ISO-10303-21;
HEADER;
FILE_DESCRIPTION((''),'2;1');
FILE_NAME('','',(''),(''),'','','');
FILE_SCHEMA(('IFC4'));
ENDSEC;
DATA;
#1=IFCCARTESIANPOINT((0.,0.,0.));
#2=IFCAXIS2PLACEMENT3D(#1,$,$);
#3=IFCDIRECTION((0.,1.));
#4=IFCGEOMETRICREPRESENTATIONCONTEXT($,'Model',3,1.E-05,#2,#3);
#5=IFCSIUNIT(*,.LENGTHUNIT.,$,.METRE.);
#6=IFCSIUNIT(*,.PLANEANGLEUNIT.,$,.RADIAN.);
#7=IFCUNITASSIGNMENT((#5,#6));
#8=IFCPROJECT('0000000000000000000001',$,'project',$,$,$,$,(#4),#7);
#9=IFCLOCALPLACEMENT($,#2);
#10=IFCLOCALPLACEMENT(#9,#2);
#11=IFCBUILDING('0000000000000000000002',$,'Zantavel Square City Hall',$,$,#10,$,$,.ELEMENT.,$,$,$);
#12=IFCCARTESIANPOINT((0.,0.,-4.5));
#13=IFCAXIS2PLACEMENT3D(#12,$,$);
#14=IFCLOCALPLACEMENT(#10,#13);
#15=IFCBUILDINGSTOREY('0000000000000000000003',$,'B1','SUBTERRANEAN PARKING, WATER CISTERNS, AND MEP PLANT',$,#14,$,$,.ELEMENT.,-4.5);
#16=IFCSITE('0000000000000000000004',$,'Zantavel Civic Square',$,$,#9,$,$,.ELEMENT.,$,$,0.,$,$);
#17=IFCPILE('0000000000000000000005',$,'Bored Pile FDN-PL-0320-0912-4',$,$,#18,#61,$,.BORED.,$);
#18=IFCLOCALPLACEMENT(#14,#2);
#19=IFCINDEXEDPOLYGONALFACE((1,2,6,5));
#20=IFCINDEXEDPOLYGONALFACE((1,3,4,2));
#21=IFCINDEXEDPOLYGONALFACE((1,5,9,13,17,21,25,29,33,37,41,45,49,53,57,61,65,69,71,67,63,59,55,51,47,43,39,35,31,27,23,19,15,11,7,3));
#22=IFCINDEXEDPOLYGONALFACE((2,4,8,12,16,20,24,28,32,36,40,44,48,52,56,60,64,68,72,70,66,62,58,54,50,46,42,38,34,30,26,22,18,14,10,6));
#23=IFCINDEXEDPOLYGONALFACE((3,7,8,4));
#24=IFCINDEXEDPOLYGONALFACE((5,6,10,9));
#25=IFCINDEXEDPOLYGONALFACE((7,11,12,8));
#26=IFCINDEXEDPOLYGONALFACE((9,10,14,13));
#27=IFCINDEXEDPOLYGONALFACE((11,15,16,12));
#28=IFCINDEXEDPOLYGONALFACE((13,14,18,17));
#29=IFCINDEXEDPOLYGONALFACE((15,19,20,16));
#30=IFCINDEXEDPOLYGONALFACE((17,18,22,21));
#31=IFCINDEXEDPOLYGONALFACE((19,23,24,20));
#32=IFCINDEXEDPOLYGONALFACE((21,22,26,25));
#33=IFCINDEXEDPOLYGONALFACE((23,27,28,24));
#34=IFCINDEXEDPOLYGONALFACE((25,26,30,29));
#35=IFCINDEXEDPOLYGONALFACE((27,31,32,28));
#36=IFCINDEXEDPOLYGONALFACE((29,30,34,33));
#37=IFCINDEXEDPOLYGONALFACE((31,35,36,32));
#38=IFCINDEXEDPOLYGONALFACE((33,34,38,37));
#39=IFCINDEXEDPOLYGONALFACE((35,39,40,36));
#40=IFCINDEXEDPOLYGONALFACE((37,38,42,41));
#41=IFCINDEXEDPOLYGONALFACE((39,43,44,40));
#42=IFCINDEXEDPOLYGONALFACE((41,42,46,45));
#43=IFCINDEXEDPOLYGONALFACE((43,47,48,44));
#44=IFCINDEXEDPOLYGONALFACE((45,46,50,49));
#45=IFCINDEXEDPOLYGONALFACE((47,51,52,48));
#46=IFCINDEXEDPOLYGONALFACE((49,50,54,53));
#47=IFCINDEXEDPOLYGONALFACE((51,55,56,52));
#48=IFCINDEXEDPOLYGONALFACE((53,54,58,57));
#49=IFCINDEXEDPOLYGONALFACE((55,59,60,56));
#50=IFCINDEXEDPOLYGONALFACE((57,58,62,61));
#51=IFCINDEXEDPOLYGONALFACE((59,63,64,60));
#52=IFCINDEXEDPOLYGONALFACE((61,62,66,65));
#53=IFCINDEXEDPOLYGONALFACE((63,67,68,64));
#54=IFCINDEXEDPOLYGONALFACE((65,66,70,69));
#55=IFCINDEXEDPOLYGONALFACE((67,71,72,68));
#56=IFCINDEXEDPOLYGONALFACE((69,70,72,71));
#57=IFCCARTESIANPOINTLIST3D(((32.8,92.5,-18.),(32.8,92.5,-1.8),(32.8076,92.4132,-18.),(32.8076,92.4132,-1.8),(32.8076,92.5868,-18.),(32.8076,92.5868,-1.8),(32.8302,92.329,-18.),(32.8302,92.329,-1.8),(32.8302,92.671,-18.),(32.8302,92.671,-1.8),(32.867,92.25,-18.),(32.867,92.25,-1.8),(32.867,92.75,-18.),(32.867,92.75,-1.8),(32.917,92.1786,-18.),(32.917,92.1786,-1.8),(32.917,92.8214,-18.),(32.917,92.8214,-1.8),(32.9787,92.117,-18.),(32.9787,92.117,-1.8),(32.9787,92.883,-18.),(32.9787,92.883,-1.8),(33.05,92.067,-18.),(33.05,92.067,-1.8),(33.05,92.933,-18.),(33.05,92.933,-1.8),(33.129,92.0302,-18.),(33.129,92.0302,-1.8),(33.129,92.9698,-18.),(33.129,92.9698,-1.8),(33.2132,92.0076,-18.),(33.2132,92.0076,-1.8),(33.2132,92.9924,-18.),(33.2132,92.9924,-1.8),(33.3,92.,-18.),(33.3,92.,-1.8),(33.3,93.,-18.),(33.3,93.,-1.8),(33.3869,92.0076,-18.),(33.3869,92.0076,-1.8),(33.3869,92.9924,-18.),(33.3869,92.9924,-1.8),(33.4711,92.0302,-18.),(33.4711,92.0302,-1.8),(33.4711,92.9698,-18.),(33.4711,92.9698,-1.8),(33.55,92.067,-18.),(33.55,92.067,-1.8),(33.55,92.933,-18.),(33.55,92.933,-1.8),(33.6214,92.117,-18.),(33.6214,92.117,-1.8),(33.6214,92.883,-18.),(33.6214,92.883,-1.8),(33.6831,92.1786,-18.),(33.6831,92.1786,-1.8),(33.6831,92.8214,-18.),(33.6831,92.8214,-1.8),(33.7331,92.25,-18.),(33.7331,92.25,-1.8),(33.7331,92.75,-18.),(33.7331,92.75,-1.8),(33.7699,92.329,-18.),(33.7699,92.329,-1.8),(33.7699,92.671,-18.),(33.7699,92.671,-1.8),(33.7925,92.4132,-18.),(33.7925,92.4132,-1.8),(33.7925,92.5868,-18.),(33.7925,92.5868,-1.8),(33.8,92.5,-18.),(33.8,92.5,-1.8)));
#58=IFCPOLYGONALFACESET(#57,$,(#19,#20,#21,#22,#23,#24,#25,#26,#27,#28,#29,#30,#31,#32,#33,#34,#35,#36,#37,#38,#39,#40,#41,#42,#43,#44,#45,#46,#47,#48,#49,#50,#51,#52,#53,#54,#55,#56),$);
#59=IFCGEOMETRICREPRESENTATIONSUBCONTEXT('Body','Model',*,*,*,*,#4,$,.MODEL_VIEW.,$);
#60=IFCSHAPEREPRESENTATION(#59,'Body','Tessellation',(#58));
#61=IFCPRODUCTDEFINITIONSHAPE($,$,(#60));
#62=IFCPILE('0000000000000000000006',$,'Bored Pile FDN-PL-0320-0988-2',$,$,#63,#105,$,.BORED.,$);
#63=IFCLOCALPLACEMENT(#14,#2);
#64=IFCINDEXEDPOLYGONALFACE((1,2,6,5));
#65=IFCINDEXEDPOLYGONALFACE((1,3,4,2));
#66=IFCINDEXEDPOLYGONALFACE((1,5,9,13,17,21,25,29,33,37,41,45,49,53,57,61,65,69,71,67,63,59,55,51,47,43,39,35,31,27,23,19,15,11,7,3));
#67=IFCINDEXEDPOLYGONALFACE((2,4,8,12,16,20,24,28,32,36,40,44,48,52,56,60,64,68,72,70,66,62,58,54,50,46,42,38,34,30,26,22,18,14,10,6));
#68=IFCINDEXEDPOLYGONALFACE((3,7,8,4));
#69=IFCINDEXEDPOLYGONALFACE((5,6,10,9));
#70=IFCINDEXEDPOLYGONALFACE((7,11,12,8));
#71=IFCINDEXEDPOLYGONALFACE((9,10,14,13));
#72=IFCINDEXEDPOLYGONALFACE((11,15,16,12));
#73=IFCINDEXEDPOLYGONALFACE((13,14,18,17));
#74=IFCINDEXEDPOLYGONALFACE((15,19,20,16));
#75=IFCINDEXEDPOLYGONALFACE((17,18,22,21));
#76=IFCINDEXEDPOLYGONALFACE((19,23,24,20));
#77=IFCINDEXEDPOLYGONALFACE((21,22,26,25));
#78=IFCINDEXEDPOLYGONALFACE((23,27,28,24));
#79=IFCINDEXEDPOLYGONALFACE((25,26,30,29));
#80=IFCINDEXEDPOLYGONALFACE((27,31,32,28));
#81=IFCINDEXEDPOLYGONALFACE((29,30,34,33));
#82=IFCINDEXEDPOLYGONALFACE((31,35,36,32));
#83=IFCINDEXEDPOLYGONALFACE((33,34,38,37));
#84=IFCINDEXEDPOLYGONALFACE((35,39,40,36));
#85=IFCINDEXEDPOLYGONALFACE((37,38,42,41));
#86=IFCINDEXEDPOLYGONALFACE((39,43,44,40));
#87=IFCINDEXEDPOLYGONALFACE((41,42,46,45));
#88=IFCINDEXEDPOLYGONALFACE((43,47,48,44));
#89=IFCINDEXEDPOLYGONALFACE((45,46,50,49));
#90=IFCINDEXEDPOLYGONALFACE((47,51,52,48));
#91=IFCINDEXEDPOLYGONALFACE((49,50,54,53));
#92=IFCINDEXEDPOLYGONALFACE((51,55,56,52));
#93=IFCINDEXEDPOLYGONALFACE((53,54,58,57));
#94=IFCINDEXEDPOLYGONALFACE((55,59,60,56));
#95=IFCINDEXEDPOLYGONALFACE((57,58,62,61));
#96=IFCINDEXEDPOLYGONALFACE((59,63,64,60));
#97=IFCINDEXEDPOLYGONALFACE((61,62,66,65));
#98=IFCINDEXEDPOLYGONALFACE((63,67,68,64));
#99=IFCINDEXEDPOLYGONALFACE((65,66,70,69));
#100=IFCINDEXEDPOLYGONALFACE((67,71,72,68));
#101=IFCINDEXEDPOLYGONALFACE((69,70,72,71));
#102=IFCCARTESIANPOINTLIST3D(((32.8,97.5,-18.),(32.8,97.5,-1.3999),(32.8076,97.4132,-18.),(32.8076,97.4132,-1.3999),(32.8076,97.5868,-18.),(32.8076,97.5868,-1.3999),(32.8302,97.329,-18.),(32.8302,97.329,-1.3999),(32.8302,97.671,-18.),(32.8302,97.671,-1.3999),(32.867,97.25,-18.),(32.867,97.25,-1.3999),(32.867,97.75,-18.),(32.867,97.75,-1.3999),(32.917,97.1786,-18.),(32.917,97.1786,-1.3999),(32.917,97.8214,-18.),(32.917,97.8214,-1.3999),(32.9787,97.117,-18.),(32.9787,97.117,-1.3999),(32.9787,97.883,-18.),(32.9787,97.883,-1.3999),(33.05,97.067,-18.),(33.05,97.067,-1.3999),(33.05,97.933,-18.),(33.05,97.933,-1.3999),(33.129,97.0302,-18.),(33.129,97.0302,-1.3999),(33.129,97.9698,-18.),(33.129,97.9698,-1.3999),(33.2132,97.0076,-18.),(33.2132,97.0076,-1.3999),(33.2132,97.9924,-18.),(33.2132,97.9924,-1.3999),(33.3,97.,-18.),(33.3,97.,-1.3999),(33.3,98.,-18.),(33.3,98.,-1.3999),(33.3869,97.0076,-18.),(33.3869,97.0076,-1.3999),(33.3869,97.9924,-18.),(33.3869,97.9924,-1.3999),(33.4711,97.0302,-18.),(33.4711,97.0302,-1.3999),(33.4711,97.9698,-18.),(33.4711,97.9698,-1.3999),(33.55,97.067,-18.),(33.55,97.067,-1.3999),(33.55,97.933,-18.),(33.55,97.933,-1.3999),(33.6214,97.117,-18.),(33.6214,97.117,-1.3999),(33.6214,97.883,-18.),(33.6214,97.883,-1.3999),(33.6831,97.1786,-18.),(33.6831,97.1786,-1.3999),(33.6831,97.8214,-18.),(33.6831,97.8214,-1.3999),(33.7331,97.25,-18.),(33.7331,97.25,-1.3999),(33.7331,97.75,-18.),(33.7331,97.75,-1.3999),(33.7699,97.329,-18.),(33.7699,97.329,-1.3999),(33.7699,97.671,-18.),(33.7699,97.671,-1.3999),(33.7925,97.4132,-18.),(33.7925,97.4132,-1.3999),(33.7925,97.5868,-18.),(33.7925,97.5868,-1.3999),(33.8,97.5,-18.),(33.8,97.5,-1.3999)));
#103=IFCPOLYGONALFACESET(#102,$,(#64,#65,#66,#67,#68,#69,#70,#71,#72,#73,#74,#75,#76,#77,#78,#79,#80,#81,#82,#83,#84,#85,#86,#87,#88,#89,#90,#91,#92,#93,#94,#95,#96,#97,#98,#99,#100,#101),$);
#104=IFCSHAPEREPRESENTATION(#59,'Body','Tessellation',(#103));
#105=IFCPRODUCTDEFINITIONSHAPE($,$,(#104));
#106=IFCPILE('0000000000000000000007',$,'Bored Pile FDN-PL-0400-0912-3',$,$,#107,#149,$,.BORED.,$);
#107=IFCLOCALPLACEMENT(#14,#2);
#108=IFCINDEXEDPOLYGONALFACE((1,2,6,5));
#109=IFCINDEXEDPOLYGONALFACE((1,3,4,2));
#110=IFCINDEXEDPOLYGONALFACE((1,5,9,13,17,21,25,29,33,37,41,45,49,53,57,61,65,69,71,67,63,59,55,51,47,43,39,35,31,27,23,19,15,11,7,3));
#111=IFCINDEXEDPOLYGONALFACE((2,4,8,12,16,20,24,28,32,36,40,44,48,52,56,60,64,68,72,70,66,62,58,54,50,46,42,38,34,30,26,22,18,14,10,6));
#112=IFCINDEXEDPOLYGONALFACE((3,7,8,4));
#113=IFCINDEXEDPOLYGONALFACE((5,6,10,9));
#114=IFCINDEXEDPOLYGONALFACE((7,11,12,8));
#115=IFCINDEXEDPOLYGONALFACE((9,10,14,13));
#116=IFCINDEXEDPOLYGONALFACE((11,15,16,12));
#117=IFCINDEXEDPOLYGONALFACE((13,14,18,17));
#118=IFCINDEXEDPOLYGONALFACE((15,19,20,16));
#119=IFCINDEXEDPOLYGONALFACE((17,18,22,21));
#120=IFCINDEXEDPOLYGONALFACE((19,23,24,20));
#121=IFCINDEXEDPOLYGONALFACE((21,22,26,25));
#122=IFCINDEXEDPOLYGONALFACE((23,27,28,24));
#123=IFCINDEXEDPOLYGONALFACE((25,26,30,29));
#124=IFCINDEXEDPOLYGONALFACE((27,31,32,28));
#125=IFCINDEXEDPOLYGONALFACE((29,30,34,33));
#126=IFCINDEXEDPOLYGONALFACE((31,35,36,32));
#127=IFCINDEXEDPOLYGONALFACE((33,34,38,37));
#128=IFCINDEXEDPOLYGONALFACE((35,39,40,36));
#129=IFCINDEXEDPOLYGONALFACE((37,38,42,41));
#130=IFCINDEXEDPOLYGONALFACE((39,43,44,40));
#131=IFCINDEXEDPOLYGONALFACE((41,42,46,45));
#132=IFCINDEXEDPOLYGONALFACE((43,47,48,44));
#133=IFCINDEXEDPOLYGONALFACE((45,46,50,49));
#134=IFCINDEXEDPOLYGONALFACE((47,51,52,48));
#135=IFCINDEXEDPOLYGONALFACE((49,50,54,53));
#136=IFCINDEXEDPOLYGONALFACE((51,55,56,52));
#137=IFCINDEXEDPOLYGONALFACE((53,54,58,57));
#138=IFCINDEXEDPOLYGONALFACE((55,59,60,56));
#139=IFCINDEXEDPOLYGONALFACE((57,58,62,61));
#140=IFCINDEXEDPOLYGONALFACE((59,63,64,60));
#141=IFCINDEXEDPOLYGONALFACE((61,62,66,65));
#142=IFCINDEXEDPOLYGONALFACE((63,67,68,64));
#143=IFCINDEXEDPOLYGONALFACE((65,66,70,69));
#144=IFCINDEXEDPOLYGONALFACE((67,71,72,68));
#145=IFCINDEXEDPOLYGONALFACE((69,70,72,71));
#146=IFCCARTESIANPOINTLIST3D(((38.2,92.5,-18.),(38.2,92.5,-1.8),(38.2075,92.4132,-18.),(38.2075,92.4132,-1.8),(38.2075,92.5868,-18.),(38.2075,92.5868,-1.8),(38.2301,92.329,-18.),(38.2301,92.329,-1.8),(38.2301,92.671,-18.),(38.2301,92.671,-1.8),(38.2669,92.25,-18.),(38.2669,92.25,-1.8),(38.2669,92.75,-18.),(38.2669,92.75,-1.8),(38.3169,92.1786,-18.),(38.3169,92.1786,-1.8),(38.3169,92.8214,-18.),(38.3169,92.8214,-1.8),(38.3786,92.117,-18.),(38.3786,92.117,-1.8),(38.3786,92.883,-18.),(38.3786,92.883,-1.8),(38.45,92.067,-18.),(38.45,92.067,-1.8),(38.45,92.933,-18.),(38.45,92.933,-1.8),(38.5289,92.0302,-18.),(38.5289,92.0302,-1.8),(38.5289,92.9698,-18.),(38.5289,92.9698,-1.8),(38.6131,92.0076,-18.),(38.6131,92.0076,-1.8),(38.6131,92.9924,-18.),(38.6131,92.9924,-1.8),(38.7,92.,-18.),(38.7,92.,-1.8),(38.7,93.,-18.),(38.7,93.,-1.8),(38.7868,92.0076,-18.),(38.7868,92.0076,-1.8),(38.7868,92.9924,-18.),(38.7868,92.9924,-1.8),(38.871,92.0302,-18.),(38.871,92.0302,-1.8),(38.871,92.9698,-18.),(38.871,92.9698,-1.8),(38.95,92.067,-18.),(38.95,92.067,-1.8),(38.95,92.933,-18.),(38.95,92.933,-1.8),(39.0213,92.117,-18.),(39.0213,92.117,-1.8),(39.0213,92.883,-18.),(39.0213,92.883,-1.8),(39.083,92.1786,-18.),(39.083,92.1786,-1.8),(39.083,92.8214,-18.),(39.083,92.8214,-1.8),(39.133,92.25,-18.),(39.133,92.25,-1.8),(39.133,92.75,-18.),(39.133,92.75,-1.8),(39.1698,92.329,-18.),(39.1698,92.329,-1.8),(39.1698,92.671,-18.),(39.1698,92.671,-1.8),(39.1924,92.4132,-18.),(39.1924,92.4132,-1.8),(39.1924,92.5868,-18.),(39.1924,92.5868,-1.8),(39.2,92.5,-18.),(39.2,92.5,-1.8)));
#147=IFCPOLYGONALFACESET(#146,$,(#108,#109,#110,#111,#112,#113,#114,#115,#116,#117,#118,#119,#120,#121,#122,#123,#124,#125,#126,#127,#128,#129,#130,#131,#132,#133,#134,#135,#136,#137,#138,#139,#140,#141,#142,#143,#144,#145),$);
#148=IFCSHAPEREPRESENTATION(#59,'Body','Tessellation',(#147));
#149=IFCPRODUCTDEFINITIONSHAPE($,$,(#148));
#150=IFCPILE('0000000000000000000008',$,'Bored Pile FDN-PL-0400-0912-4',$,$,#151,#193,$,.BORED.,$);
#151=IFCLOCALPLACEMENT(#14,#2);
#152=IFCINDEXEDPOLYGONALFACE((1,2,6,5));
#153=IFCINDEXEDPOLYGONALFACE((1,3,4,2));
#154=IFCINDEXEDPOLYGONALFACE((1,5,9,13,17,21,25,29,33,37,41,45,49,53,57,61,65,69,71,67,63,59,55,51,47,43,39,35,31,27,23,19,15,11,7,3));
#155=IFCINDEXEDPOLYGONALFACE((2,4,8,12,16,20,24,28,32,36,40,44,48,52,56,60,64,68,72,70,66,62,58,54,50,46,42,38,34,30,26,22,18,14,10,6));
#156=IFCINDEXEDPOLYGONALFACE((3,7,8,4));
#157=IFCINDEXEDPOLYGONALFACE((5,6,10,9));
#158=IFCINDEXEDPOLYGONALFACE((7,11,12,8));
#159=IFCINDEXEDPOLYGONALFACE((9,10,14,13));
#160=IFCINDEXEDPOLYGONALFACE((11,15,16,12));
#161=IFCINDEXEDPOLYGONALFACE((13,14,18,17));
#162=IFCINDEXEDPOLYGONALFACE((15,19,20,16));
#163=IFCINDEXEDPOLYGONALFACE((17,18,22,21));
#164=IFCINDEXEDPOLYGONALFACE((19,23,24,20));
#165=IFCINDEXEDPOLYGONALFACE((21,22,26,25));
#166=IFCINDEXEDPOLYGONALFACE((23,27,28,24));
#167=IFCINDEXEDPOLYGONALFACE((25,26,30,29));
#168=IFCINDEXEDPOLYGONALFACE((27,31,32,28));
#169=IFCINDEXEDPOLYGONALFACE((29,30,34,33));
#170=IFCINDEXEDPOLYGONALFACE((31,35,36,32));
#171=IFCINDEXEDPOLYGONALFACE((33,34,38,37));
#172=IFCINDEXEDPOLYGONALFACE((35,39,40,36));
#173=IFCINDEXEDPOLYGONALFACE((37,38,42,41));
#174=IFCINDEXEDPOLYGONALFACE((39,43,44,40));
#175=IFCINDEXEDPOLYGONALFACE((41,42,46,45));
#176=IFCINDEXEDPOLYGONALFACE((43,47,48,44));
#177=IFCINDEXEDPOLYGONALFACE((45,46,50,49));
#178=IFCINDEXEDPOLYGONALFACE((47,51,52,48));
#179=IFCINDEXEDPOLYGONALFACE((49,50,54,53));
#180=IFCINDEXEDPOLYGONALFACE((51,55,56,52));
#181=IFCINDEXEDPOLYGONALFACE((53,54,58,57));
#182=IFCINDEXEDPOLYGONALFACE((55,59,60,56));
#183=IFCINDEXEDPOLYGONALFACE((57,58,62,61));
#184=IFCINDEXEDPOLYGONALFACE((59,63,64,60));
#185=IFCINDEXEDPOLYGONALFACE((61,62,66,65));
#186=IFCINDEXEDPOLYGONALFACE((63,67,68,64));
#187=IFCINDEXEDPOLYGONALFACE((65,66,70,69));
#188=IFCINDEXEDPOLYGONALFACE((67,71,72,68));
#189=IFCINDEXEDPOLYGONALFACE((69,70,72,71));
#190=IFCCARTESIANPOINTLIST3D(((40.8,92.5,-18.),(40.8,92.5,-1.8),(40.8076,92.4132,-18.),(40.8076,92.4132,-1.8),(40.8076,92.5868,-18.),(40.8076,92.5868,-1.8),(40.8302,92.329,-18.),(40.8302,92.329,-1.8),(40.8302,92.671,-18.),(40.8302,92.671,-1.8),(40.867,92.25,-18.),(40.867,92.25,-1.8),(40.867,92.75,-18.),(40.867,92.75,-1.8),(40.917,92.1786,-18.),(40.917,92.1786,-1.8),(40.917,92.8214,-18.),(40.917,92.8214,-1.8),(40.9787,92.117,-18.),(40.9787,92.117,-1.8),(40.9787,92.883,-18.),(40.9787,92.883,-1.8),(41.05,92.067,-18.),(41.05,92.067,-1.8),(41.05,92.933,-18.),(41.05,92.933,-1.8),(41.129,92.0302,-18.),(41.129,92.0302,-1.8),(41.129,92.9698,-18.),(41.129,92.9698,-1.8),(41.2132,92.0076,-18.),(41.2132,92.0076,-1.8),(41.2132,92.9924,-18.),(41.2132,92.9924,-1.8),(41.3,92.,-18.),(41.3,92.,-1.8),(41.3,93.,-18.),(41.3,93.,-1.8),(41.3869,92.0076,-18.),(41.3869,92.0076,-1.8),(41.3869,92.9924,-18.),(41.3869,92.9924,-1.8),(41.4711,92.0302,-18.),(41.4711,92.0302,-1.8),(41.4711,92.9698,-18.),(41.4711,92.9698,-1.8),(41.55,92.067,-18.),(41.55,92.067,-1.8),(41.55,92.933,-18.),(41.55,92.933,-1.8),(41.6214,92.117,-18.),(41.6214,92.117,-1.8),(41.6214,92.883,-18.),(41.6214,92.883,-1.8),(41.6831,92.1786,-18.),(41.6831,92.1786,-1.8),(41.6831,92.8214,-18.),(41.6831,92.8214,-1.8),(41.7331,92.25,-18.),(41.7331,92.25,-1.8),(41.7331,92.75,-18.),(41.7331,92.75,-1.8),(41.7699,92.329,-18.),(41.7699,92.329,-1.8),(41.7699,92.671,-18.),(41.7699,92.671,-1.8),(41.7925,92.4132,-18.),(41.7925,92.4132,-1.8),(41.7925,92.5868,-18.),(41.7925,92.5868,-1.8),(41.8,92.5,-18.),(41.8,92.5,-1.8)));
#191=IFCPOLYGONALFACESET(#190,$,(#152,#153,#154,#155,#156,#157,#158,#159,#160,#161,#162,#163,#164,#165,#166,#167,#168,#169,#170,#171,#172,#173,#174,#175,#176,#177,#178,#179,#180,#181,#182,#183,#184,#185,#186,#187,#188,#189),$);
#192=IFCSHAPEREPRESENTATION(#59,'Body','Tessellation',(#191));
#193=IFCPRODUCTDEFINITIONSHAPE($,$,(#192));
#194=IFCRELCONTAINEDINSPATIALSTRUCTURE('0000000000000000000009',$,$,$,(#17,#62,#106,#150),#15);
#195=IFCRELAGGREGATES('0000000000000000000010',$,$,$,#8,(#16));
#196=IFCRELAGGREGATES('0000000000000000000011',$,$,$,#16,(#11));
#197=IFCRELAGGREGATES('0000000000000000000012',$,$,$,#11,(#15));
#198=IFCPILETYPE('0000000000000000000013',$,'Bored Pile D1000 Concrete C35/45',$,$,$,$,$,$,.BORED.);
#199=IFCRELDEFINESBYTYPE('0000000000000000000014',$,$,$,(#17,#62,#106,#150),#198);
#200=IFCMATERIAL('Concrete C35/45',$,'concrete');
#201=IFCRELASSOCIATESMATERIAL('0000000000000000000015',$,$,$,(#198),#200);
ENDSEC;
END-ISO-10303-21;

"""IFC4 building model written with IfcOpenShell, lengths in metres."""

from ifc_helpers import new_model, si_unit, direction, frame, origin, origin_2d, place, context, subcontext, project, spatial, circle, extrude, material, material_profile, profile_set, type_object, element, save


model = new_model("IFC4")

# Units and contexts
model_context = context("Model", 3, precision=1e-05, world=origin(), true_north=direction((0.0, 1.0)))
body_context = subcontext(model_context, "Body", "Model", "MODEL_VIEW")
ifc_project = project(units=[si_unit("LENGTHUNIT", "METRE"), si_unit("PLANEANGLEUNIT", "RADIAN")], contexts=[model_context])

# Site, building, storey
site_placement = place(None, origin())
site = spatial("IfcSite", under=ifc_project, at=site_placement, Name="Zantavel Civic Square", CompositionType="ELEMENT", RefElevation=0.0)
building_placement = place(site_placement, origin())
building = spatial("IfcBuilding", under=site, at=building_placement, Name="Zantavel Square City Hall", CompositionType="ELEMENT")
storey_placement = place(building_placement, frame((0.0, 0.0, -4.5)))
storey = spatial("IfcBuildingStorey", under=building, at=storey_placement, Name="B1", Description="SUBTERRANEAN PARKING, WATER CISTERNS, AND MEP PLANT", CompositionType="ELEMENT", Elevation=-4.5)

# Piles
ifc_material_1 = material(Name="Concrete C35/45", Category="concrete")
ifc_material_profile_1 = material_profile(ifc_material_1, circle(Radius=0.5, at=origin_2d()), Name="PILE D1000")
ifc_profile_set_1 = profile_set([ifc_material_profile_1], Name="Concrete C35/45")
pile_type = type_object("IfcPileType", Name="Bored Pile D1000 Concrete C35/45", PredefinedType="BORED", material=ifc_profile_set_1)
pile_1_placement = place(storey_placement, frame((33.3, 92.5, -1.8), z_axis=(0.0, 0.0, -1.0), x_axis=(1.0, 0.0, 0.0)))
element("IfcPile", 1, at=pile_1_placement, inside=storey, type_object=pile_type, Name="Bored Pile FDN-PL-0320-0912-4", PredefinedType="BORED", context=body_context, shape_type="SweptSolid", body=[
    extrude(circle(Radius=0.5, at=origin_2d()), origin(), (0.0, 0.0, 1.0), 16.2),
])
pile_2_placement = place(storey_placement, frame((33.3, 97.5, -1.3999), z_axis=(0.0, 0.0, -1.0), x_axis=(1.0, 0.0, 0.0)))
element("IfcPile", 2, at=pile_2_placement, inside=storey, type_object=pile_type, Name="Bored Pile FDN-PL-0320-0988-2", PredefinedType="BORED", context=body_context, shape_type="SweptSolid", body=[
    extrude(circle(Radius=0.5, at=origin_2d()), origin(), (0.0, 0.0, 1.0), 16.6001),
])
for number, where, z_axis, x_axis, name in (
    (3, (38.7, 92.5, -1.8), (0.0, 0.0, -1.0), (1.0, 0.0, 0.0), "Bored Pile FDN-PL-0400-0912-3"),
    (4, (41.3, 92.5, -1.8), (0.0, 0.0, -1.0), (1.0, 0.0, 0.0), "Bored Pile FDN-PL-0400-0912-4"),
):
    element("IfcPile", number, at=place(storey_placement, frame(where, z_axis=z_axis, x_axis=x_axis)), inside=storey, type_object=pile_type, Name=name, PredefinedType="BORED", context=body_context, shape_type="SweptSolid", body=[
        extrude(circle(Radius=0.5, at=origin_2d()), origin(), (0.0, 0.0, 1.0), 16.2),
    ])

save(model, "model.ifc")
